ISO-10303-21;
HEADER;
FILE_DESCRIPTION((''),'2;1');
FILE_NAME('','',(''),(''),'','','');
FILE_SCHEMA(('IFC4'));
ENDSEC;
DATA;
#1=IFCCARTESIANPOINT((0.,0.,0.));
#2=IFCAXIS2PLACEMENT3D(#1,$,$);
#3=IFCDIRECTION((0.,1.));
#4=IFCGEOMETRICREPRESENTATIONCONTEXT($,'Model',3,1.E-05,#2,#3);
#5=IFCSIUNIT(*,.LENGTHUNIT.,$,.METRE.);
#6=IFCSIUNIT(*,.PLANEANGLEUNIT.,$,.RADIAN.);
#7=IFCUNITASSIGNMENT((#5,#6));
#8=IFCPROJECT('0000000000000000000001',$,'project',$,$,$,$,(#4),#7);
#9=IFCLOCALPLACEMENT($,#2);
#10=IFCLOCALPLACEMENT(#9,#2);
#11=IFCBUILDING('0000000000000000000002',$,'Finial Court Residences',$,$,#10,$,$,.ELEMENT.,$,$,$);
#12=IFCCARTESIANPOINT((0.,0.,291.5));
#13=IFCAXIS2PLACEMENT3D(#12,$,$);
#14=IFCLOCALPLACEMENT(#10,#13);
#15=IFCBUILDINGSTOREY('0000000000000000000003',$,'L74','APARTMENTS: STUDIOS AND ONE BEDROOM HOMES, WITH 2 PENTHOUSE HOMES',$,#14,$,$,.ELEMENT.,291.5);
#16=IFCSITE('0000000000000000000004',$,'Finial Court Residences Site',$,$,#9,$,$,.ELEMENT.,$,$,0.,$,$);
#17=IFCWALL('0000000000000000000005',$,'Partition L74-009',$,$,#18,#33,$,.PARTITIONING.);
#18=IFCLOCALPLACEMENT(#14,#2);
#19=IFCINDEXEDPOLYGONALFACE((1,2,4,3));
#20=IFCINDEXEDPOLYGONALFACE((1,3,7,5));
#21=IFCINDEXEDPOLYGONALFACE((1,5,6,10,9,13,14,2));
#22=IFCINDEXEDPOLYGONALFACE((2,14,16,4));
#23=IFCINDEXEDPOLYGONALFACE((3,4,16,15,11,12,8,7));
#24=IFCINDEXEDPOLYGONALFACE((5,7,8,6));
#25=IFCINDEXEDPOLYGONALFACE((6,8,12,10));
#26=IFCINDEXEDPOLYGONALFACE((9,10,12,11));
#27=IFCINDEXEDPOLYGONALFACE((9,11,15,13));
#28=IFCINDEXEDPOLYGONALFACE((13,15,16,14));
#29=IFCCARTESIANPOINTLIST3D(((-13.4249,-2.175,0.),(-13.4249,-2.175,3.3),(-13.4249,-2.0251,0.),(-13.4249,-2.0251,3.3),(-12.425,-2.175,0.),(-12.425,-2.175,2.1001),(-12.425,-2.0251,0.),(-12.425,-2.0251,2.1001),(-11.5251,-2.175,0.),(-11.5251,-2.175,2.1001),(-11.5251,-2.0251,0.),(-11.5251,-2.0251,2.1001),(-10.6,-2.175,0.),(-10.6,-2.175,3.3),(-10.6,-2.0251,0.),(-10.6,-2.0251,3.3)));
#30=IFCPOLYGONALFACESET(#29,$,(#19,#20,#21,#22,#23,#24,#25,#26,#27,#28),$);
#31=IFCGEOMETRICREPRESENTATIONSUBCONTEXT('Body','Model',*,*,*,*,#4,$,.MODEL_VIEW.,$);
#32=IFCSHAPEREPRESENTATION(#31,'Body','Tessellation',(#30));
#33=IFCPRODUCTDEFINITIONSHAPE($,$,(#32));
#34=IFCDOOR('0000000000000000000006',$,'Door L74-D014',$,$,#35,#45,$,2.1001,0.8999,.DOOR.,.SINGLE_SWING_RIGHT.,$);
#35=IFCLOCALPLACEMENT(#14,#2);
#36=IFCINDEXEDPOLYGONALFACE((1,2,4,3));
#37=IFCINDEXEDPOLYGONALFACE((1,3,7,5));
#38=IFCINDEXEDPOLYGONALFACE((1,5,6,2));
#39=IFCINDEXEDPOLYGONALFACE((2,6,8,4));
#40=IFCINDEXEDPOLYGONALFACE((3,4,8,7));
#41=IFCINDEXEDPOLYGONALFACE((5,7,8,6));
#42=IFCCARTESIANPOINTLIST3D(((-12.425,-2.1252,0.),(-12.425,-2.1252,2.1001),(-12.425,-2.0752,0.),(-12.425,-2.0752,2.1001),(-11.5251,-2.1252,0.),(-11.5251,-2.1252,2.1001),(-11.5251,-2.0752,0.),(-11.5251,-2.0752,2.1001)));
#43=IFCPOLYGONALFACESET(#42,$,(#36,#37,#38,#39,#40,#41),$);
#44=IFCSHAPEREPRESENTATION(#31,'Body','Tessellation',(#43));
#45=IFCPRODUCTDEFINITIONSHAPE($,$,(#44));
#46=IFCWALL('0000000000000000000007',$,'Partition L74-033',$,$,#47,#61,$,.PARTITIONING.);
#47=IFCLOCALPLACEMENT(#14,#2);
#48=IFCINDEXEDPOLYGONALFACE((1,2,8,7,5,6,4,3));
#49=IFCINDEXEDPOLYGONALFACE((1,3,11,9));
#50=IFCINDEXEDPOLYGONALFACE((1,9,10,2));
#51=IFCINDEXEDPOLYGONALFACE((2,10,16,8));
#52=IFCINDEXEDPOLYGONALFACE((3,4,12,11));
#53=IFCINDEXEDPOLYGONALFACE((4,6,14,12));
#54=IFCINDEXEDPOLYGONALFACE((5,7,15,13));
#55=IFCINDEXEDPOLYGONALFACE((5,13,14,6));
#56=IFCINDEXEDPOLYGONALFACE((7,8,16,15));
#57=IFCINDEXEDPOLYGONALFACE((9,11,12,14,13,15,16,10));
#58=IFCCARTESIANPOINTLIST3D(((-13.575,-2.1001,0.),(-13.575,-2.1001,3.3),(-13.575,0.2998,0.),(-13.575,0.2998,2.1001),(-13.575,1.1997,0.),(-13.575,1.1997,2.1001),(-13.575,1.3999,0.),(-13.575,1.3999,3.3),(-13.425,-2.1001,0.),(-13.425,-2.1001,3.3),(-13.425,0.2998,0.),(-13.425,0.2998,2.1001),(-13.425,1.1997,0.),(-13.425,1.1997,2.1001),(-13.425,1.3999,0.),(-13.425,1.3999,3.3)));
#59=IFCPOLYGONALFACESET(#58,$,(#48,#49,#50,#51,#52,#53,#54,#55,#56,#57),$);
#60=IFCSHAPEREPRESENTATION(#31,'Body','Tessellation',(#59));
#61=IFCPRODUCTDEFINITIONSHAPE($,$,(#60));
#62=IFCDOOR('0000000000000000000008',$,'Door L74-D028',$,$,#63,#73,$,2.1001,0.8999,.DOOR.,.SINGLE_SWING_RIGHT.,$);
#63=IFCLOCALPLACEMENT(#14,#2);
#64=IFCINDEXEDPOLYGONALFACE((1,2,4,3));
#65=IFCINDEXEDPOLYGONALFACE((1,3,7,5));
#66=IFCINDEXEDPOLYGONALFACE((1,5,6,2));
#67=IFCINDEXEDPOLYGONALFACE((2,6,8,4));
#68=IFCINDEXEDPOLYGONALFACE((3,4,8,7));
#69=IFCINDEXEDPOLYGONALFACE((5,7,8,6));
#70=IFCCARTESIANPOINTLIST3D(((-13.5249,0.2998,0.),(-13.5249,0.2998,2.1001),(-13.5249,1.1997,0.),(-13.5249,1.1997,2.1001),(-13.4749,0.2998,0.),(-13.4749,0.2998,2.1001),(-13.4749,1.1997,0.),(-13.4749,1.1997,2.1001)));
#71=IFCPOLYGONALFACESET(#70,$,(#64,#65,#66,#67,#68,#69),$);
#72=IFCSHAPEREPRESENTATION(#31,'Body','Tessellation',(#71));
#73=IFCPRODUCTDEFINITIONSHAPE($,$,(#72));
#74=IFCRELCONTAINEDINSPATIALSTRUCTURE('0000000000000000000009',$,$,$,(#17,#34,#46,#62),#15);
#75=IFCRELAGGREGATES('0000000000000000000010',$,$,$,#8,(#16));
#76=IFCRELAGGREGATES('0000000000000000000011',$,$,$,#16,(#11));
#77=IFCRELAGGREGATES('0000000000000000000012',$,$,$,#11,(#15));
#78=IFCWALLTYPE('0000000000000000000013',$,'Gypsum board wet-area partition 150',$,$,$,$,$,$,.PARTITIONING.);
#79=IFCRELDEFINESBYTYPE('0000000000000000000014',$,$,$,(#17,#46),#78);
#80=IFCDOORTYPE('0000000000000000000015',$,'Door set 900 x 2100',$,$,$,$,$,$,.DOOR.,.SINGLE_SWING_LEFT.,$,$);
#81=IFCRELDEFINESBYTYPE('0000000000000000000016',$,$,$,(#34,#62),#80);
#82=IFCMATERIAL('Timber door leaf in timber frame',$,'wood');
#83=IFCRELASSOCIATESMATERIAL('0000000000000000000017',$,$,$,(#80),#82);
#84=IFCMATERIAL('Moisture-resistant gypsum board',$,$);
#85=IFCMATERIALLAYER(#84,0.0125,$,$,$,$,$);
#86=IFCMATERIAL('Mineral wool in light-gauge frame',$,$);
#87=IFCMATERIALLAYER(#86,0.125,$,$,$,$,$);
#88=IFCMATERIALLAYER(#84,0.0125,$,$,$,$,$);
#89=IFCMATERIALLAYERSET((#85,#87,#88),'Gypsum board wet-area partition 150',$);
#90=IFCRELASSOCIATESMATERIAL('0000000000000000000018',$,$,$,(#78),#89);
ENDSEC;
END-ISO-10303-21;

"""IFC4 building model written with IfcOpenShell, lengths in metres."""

from ifc_helpers import new_model, si_unit, direction, frame, frame_2d, origin, place, context, subcontext, project, spatial, rectangle, extrude, material, layer, layer_set, type_object, element, fill, save


model = new_model("IFC4")

# Units and contexts
model_context = context("Model", 3, precision=1e-05, world=origin(), true_north=direction((0.0, 1.0)))
body_context = subcontext(model_context, "Body", "Model", "MODEL_VIEW")
ifc_project = project(units=[si_unit("LENGTHUNIT", "METRE"), si_unit("PLANEANGLEUNIT", "RADIAN")], contexts=[model_context])

# Site, building, storey
site_placement = place(None, origin())
site = spatial("IfcSite", under=ifc_project, at=site_placement, Name="Finial Court Residences Site", CompositionType="ELEMENT", RefElevation=0.0)
building_placement = place(site_placement, origin())
building = spatial("IfcBuilding", under=site, at=building_placement, Name="Finial Court Residences", CompositionType="ELEMENT")
storey_placement = place(building_placement, frame((0.0, 0.0, 291.5)))
storey = spatial("IfcBuildingStorey", under=building, at=storey_placement, Name="L74", Description="APARTMENTS: STUDIOS AND ONE BEDROOM HOMES, WITH 2 PENTHOUSE HOMES", CompositionType="ELEMENT", Elevation=291.5)

# Shared definitions
ifc_material_1 = material(Name="Mineral wool in light-gauge frame")
ifc_material_2 = material(Name="Timber door leaf in timber frame", Category="wood")
door_type_1 = type_object("IfcDoorType", Name="Door set 900 x 2100", OperationType="SINGLE_SWING_LEFT", PredefinedType="DOOR", material=ifc_material_2)

# Walls, openings, doors
ifc_material_3 = material(Name="Moisture-resistant gypsum board")
ifc_layer_1 = layer(ifc_material_3, 0.0125)
ifc_layer_2 = layer(ifc_material_1, 0.125)
ifc_layer_3 = layer(ifc_material_3, 0.0125)
ifc_layer_set_1 = layer_set([ifc_layer_1, ifc_layer_2, ifc_layer_3], Name="Gypsum board wet-area partition 150")
wall_type_1 = type_object("IfcWallType", Name="Gypsum board wet-area partition 150", PredefinedType="PARTITIONING", material=ifc_layer_set_1)
wall_1_placement = place(storey_placement, frame((-13.425, -2.1001, 0.0), z_axis=(0.0, 0.0, 1.0), x_axis=(1.0, 0.0, 0.0)))
wall_1 = element("IfcWall", 1, at=wall_1_placement, inside=storey, type_object=wall_type_1, Name="Partition L74-009", PredefinedType="PARTITIONING", context=body_context, shape_type="SweptSolid", body=[
    extrude(rectangle(XDim=2.825, YDim=0.1499, at=frame_2d((1.4126, 0.0))), origin(), (0.0, 0.0, 1.0), 3.3),
])
opening_1_placement = place(wall_1_placement, frame((1.0, 0.0, 0.0)))
opening_1 = element("IfcOpeningElement", 2, at=opening_1_placement, cuts=wall_1, PredefinedType="OPENING", context=body_context, shape_type="SweptSolid", body=[
    extrude(rectangle(XDim=0.8999, YDim=2.1001, at=frame_2d((0.45, 1.05))), frame((0.0, 0.085, 0.0), z_axis=(0.0, -1.0, 0.0), x_axis=(1.0, 0.0, 0.0)), (0.0, 0.0, 1.0), 0.1699),
])
door_1_placement = place(opening_1_placement, origin())
door_1 = element("IfcDoor", 3, at=door_1_placement, inside=storey, type_object=door_type_1, Name="Door L74-D014", OperationType="SINGLE_SWING_RIGHT", OverallHeight=2.1001, OverallWidth=0.8999, PredefinedType="DOOR", context=body_context, shape_type="SweptSolid", body=[
    extrude(rectangle(XDim=0.8999, YDim=2.1001, at=frame_2d((0.45, 1.05))), frame((0.0, 0.0249, 0.0), z_axis=(0.0, -1.0, 0.0), x_axis=(1.0, 0.0, 0.0)), (0.0, 0.0, 1.0), 0.05),
])
fill(opening_1, door_1)
wall_2_placement = place(storey_placement, frame((-13.5, -2.1001, 0.0), z_axis=(0.0, 0.0, 1.0), x_axis=(0.0, 1.0, 0.0)))
wall_2 = element("IfcWall", 4, at=wall_2_placement, inside=storey, type_object=wall_type_1, Name="Partition L74-033", PredefinedType="PARTITIONING", context=body_context, shape_type="SweptSolid", body=[
    extrude(rectangle(XDim=3.5, YDim=0.1499, at=frame_2d((1.75, 0.0))), origin(), (0.0, 0.0, 1.0), 3.3),
])
opening_2_placement = place(wall_2_placement, frame((2.3999, 0.0, 0.0)))
opening_2 = element("IfcOpeningElement", 5, at=opening_2_placement, cuts=wall_2, PredefinedType="OPENING", context=body_context, shape_type="SweptSolid", body=[
    extrude(rectangle(XDim=0.8999, YDim=2.1001, at=frame_2d((0.45, 1.05))), frame((0.0, 0.085, 0.0), z_axis=(0.0, -1.0, 0.0), x_axis=(1.0, 0.0, 0.0)), (0.0, 0.0, 1.0), 0.1699),
])
door_2_placement = place(opening_2_placement, origin())
door_2 = element("IfcDoor", 6, at=door_2_placement, inside=storey, type_object=door_type_1, Name="Door L74-D028", OperationType="SINGLE_SWING_RIGHT", OverallHeight=2.1001, OverallWidth=0.8999, PredefinedType="DOOR", context=body_context, shape_type="SweptSolid", body=[
    extrude(rectangle(XDim=0.8999, YDim=2.1001, at=frame_2d((0.45, 1.05))), frame((0.0, 0.0249, 0.0), z_axis=(0.0, -1.0, 0.0), x_axis=(1.0, 0.0, 0.0)), (0.0, 0.0, 1.0), 0.05),
])
fill(opening_2, door_2)

save(model, "model.ifc")
